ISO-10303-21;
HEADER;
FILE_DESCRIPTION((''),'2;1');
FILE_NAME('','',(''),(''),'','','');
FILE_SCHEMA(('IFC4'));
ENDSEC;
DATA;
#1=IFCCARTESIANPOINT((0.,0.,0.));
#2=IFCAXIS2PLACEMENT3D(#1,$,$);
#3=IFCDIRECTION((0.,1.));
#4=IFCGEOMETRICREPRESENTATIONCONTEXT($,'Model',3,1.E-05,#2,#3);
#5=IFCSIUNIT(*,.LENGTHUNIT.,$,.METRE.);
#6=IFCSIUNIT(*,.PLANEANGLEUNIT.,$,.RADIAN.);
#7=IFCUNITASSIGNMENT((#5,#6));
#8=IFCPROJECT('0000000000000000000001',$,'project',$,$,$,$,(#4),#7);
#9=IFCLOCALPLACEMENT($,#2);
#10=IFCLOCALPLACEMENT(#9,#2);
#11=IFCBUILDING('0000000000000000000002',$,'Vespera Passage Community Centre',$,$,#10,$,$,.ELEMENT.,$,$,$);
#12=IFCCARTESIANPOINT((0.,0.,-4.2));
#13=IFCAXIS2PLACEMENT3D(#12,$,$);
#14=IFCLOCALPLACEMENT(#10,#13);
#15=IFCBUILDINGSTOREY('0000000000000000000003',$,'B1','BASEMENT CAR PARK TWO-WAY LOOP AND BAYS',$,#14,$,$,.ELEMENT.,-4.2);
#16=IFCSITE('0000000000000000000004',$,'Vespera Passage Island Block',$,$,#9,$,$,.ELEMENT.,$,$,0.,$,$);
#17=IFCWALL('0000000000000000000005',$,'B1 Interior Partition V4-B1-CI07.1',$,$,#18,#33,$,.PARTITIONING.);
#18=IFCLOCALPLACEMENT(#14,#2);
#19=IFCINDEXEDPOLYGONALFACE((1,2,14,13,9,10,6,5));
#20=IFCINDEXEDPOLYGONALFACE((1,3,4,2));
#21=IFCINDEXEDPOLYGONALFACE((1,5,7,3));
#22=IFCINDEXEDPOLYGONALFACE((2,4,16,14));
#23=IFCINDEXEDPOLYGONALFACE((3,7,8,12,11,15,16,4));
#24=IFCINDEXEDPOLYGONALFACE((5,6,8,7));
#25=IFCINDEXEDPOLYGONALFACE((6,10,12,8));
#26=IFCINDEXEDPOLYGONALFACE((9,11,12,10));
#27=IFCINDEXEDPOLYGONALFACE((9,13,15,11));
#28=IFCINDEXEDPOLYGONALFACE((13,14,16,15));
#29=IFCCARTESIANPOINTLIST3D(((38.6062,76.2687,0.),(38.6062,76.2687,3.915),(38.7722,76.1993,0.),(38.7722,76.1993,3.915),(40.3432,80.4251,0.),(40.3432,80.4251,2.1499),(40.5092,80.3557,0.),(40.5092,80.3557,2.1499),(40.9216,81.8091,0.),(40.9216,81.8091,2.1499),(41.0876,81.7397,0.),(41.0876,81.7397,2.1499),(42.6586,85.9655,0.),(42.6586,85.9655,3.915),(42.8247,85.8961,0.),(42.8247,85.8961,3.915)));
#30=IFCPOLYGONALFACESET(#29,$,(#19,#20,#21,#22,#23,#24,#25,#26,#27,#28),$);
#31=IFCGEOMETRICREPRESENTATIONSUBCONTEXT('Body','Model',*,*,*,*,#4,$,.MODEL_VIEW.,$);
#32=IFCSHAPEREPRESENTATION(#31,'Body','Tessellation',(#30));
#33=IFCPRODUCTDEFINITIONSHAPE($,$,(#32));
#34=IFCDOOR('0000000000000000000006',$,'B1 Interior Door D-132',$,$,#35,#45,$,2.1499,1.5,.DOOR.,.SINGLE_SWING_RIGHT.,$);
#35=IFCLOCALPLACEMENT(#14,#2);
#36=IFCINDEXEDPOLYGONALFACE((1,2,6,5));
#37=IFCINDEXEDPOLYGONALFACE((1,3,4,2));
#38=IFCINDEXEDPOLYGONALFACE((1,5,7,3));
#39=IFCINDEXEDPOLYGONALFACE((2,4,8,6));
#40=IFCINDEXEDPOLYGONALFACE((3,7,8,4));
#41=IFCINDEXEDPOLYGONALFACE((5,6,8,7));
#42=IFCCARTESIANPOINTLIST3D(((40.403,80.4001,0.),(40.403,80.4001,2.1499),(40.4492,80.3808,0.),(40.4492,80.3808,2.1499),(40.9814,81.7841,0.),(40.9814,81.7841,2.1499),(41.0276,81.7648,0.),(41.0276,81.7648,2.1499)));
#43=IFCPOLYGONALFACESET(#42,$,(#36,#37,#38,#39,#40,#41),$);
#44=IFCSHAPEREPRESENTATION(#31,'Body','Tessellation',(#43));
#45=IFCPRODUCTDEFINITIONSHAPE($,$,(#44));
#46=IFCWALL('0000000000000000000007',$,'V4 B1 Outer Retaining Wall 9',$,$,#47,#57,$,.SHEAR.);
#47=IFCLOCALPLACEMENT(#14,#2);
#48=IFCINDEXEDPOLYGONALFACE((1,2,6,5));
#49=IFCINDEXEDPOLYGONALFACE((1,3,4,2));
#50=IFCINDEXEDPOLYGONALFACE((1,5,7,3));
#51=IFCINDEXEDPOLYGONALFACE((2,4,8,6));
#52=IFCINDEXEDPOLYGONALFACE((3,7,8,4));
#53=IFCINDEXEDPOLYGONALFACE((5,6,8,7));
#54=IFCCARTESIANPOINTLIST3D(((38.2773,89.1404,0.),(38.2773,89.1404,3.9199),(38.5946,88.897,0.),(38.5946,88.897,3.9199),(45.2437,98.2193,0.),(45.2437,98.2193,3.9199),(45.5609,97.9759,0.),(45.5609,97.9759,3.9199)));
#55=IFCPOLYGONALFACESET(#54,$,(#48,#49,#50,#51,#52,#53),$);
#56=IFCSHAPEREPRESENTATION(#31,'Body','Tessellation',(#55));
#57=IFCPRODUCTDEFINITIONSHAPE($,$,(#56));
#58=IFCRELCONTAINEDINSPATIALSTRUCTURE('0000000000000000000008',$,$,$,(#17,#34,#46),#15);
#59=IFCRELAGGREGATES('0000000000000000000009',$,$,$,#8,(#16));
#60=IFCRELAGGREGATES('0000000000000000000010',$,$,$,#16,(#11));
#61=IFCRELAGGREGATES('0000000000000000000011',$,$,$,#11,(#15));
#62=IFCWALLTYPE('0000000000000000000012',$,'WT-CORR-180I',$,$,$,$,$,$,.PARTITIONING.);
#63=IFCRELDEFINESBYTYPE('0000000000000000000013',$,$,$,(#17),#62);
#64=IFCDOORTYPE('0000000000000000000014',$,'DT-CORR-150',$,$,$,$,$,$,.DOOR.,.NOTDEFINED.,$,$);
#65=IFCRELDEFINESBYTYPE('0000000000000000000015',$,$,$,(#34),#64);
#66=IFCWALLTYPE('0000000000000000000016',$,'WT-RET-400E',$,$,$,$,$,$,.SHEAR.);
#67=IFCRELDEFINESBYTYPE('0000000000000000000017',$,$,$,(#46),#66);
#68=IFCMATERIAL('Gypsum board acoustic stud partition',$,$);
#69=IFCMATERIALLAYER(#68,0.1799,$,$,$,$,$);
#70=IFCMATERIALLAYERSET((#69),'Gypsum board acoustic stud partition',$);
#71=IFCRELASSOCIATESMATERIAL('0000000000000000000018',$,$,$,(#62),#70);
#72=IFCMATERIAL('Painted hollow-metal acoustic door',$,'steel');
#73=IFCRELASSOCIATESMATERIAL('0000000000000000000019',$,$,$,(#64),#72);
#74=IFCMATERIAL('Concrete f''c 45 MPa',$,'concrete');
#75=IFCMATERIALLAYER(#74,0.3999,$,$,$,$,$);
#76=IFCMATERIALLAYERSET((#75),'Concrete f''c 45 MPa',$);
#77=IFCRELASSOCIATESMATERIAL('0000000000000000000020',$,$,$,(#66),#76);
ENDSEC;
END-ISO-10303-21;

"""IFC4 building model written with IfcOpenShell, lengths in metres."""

from ifc_helpers import new_model, si_unit, direction, frame, frame_2d, origin, place, context, subcontext, project, spatial, rectangle, extrude, material, layer, layer_set, type_object, element, fill, save


model = new_model("IFC4")

# Units and contexts
model_context = context("Model", 3, precision=1e-05, world=origin(), true_north=direction((0.0, 1.0)))
body_context = subcontext(model_context, "Body", "Model", "MODEL_VIEW")
ifc_project = project(units=[si_unit("LENGTHUNIT", "METRE"), si_unit("PLANEANGLEUNIT", "RADIAN")], contexts=[model_context])

# Site, building, storey
site_placement = place(None, origin())
site = spatial("IfcSite", under=ifc_project, at=site_placement, Name="Vespera Passage Island Block", CompositionType="ELEMENT", RefElevation=0.0)
building_placement = place(site_placement, origin())
building = spatial("IfcBuilding", under=site, at=building_placement, Name="Vespera Passage Community Centre", CompositionType="ELEMENT")
storey_placement = place(building_placement, frame((0.0, 0.0, -4.2)))
storey = spatial("IfcBuildingStorey", under=building, at=storey_placement, Name="B1", Description="BASEMENT CAR PARK TWO-WAY LOOP AND BAYS", CompositionType="ELEMENT", Elevation=-4.2)

# Wall, opening, door
ifc_material_1 = material(Name="Gypsum board acoustic stud partition")
ifc_layer_1 = layer(ifc_material_1, 0.1799)
ifc_layer_set_1 = layer_set([ifc_layer_1], Name="Gypsum board acoustic stud partition")
wall_type_1 = type_object("IfcWallType", Name="WT-CORR-180I", PredefinedType="PARTITIONING", material=ifc_layer_set_1)
wall_1_placement = place(storey_placement, frame((42.7417, 85.9309, 0.0), z_axis=(0.0, 0.0, 1.0), x_axis=(-0.385602, -0.922665, 0.0)))
wall_1 = element("IfcWall", 1, at=wall_1_placement, inside=storey, type_object=wall_type_1, Name="B1 Interior Partition V4-B1-CI07.1", PredefinedType="PARTITIONING", context=body_context, shape_type="SweptSolid", body=[
    extrude(rectangle(XDim=10.5095, YDim=0.1799, at=frame_2d((5.2549, 0.0))), origin(), (0.0, 0.0, 1.0), 3.915),
])
opening_1_placement = place(wall_1_placement, frame((4.5049, 0.0, 0.0)))
opening_1 = element("IfcOpeningElement", 2, at=opening_1_placement, cuts=wall_1, PredefinedType="OPENING", context=body_context, shape_type="SweptSolid", body=[
    extrude(rectangle(XDim=1.5, YDim=2.1499, at=frame_2d((0.75, 1.075))), frame((0.0, 0.0999, 0.0), z_axis=(0.0, -1.0, 0.0), x_axis=(1.0, 0.0, 0.0)), (0.0, 0.0, 1.0), 0.2),
])
ifc_material_2 = material(Name="Painted hollow-metal acoustic door", Category="steel")
door_type_1 = type_object("IfcDoorType", Name="DT-CORR-150", OperationType="NOTDEFINED", PredefinedType="DOOR", material=ifc_material_2)
door_1_placement = place(opening_1_placement, origin())
door_1 = element("IfcDoor", 3, at=door_1_placement, inside=storey, type_object=door_type_1, Name="B1 Interior Door D-132", OperationType="SINGLE_SWING_RIGHT", OverallHeight=2.1499, OverallWidth=1.5, PredefinedType="DOOR", context=body_context, shape_type="SweptSolid", body=[
    extrude(rectangle(XDim=1.5, YDim=2.1499, at=frame_2d((0.75, 1.075))), frame((0.0, 0.0249, 0.0), z_axis=(0.0, -1.0, 0.0), x_axis=(1.0, 0.0, 0.0)), (0.0, 0.0, 1.0), 0.05),
])
fill(opening_1, door_1)

# Wall
ifc_material_3 = material(Name="Concrete f'c 45 MPa", Category="concrete")
ifc_layer_2 = layer(ifc_material_3, 0.3999)
ifc_layer_set_2 = layer_set([ifc_layer_2], Name="Concrete f'c 45 MPa")
wall_type_2 = type_object("IfcWallType", Name="WT-RET-400E", PredefinedType="SHEAR", material=ifc_layer_set_2)
wall_2_placement = place(storey_placement, frame((38.436, 89.0188, 0.0), z_axis=(0.0, 0.0, 1.0), x_axis=(0.608754, 0.793359, 0.0)))
element("IfcWall", 4, at=wall_2_placement, inside=storey, type_object=wall_type_2, Name="V4 B1 Outer Retaining Wall 9", PredefinedType="SHEAR", context=body_context, shape_type="SweptSolid", body=[
    extrude(rectangle(XDim=11.4436, YDim=0.3999, at=frame_2d((5.7217, 0.0))), origin(), (0.0, 0.0, 1.0), 3.9199),
])

save(model, "model.ifc")
